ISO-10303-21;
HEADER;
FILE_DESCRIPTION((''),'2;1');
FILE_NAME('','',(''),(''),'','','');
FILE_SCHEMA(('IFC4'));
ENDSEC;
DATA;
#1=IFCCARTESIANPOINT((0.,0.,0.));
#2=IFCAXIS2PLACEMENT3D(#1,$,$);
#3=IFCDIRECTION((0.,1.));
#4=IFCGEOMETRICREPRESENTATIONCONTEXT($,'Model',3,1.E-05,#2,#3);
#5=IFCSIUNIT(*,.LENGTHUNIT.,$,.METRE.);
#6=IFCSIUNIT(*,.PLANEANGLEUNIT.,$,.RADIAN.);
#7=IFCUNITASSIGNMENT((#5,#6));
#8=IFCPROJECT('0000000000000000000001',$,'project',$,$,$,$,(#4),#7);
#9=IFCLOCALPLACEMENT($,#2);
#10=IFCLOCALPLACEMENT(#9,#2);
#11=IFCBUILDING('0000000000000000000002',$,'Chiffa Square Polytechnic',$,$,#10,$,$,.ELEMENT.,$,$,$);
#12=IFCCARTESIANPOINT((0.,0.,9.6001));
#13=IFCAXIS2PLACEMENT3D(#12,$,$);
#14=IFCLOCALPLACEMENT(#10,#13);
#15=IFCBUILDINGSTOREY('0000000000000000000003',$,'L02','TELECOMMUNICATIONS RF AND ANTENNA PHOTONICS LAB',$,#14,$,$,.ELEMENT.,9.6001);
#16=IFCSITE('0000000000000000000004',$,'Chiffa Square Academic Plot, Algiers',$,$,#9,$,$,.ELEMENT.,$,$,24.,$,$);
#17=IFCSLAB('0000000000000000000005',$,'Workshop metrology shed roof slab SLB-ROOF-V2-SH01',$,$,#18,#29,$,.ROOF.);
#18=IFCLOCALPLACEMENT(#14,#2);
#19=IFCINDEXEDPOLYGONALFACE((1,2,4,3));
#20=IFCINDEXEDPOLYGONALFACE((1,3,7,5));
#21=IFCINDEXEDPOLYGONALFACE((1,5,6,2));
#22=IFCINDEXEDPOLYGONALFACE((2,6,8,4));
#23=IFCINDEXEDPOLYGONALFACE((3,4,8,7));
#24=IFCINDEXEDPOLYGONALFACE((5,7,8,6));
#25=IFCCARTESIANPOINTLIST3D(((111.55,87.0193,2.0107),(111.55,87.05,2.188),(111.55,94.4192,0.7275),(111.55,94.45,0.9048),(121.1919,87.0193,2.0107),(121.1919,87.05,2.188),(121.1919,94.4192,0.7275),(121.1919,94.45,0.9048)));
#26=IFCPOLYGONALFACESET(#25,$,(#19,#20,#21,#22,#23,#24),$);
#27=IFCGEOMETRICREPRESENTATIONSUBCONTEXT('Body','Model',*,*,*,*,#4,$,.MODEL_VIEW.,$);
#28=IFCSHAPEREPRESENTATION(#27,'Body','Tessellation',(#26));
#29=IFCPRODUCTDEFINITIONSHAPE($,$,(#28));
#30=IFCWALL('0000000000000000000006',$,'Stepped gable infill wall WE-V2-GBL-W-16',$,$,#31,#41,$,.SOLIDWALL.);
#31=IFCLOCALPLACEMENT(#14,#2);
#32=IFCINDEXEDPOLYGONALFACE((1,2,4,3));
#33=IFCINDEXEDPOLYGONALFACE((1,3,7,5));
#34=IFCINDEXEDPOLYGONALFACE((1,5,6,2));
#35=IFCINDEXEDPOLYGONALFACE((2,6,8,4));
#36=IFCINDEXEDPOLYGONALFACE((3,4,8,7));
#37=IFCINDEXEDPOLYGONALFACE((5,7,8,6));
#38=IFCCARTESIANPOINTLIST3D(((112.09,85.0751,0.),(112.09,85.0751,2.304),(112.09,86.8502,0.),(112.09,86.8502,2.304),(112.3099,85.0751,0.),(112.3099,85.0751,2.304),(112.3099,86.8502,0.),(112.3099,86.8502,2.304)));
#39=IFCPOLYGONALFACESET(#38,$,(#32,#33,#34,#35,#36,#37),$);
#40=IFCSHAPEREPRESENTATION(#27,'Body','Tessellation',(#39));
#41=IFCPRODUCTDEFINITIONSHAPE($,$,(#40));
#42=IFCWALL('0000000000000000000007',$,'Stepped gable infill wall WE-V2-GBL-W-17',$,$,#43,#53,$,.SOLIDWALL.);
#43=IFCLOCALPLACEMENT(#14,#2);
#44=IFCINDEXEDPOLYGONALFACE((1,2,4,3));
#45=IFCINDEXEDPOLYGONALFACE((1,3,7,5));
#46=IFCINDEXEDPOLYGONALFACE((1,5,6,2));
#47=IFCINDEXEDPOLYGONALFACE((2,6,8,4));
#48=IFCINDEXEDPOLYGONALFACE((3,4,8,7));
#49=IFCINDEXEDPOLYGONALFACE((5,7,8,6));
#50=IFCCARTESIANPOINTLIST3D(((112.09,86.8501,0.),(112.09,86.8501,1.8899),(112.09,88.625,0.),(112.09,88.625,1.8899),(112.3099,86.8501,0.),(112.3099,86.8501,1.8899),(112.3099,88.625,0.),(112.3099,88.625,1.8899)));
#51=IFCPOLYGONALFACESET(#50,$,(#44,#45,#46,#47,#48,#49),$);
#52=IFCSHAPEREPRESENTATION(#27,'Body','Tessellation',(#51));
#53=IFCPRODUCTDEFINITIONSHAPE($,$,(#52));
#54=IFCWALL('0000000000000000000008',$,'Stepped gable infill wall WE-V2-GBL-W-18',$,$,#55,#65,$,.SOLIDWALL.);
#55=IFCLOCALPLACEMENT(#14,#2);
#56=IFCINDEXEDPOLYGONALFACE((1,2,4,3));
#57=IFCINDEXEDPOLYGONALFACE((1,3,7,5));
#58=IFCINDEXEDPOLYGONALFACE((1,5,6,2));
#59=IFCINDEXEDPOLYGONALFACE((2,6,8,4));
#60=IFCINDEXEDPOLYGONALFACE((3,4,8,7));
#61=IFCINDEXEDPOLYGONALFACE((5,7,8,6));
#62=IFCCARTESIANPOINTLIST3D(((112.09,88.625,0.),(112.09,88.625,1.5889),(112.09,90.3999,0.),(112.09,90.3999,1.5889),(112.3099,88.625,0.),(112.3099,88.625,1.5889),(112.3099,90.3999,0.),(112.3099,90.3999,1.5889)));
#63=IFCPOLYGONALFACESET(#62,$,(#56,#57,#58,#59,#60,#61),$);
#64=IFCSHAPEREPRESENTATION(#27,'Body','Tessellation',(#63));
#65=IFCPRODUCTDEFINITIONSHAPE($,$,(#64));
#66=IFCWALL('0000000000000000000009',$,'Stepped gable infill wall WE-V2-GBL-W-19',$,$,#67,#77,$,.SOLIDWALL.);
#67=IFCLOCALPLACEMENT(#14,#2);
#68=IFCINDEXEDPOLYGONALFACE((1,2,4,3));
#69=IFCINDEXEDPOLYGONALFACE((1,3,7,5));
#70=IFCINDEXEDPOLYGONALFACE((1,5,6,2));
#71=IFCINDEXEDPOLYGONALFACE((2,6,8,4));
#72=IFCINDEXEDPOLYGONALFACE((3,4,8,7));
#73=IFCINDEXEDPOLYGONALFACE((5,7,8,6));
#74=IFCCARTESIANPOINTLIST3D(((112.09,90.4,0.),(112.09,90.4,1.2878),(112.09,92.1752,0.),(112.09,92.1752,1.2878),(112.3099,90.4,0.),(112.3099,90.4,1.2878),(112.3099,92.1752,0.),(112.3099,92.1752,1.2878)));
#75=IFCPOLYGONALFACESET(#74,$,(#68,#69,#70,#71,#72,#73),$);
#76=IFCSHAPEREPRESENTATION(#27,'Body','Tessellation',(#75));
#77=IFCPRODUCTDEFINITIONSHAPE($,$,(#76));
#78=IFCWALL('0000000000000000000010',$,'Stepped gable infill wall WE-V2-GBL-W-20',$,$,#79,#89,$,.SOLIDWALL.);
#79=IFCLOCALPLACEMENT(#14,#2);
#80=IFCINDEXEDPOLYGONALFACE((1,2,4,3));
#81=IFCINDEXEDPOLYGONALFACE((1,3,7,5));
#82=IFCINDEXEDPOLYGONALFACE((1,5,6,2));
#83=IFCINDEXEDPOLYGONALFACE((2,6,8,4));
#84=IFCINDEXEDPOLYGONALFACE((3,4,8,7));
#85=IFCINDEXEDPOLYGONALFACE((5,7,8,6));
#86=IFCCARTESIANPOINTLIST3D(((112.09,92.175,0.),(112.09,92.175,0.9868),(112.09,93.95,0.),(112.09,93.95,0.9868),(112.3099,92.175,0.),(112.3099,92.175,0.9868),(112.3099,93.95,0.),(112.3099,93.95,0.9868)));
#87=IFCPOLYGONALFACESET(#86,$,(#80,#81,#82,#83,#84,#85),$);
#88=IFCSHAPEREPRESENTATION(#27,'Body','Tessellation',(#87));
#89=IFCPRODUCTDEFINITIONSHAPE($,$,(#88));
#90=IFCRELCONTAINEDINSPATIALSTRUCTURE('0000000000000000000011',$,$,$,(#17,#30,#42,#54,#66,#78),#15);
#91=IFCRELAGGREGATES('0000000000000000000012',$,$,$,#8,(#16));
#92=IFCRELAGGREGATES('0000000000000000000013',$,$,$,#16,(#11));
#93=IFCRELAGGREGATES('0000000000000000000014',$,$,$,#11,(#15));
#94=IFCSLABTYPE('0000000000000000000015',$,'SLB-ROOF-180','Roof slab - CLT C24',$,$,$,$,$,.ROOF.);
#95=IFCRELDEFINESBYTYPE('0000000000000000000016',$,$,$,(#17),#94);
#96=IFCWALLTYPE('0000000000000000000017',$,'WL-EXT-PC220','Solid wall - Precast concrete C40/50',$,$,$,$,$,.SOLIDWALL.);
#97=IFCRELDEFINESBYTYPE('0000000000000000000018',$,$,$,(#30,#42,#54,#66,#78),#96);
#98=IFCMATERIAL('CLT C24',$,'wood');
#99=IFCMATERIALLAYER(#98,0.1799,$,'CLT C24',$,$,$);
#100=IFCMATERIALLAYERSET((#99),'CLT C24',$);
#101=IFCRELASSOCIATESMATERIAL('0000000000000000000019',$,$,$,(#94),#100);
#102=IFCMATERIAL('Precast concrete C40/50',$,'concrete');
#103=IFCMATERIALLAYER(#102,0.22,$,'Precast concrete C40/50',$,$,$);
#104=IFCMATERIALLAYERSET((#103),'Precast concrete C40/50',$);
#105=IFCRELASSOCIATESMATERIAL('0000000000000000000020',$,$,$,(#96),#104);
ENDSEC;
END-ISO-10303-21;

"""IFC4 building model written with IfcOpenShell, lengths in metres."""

from ifc_helpers import new_model, si_unit, direction, frame, frame_2d, origin, place, context, subcontext, project, spatial, polyline, rectangle, outline, extrude, material, layer, layer_set, type_object, element, save


model = new_model("IFC4")

# Units and contexts
model_context = context("Model", 3, precision=1e-05, world=origin(), true_north=direction((0.0, 1.0)))
body_context = subcontext(model_context, "Body", "Model", "MODEL_VIEW")
ifc_project = project(units=[si_unit("LENGTHUNIT", "METRE"), si_unit("PLANEANGLEUNIT", "RADIAN")], contexts=[model_context])

# Site, building, storey
site_placement = place(None, origin())
site = spatial("IfcSite", under=ifc_project, at=site_placement, Name="Chiffa Square Academic Plot, Algiers", CompositionType="ELEMENT", RefElevation=24.0)
building_placement = place(site_placement, origin())
building = spatial("IfcBuilding", under=site, at=building_placement, Name="Chiffa Square Polytechnic", CompositionType="ELEMENT")
storey_placement = place(building_placement, frame((0.0, 0.0, 9.6001)))
storey = spatial("IfcBuildingStorey", under=building, at=storey_placement, Name="L02", Description="TELECOMMUNICATIONS RF AND ANTENNA PHOTONICS LAB", CompositionType="ELEMENT", Elevation=9.6001)

# Slab
ifc_material_1 = material(Name="CLT C24", Category="wood")
ifc_layer_1 = layer(ifc_material_1, 0.1799, Name="CLT C24")
ifc_layer_set_1 = layer_set([ifc_layer_1], Name="CLT C24")
slab_type = type_object("IfcSlabType", Name="SLB-ROOF-180", Description="Roof slab - CLT C24", PredefinedType="ROOF", material=ifc_layer_set_1)
slab_placement = place(storey_placement, frame((111.55, 87.05, 2.188), z_axis=(0.0, 0.170858, 0.985296), x_axis=(1.0, 0.0, 0.0)))
element("IfcSlab", 1, at=slab_placement, inside=storey, type_object=slab_type, Name="Workshop metrology shed roof slab SLB-ROOF-V2-SH01", PredefinedType="ROOF", context=body_context, shape_type="SweptSolid", body=[
    extrude(outline(polyline([(0.0, 0.0), (9.6418, 0.0), (9.6418, 7.5103), (0.0, 7.5103), (0.0, 0.0)])), origin(), (0.0, 0.0, -1.0), 0.1799),
])

# Walls
ifc_material_2 = material(Name="Precast concrete C40/50", Category="concrete")
ifc_layer_2 = layer(ifc_material_2, 0.22, Name="Precast concrete C40/50")
ifc_layer_set_2 = layer_set([ifc_layer_2], Name="Precast concrete C40/50")
wall_type = type_object("IfcWallType", Name="WL-EXT-PC220", Description="Solid wall - Precast concrete C40/50", PredefinedType="SOLIDWALL", material=ifc_layer_set_2)
wall_1_placement = place(storey_placement, frame((112.2, 85.075, 0.0), z_axis=(0.0, 0.0, 1.0), x_axis=(0.0, 1.0, 0.0)))
element("IfcWall", 2, at=wall_1_placement, inside=storey, type_object=wall_type, Name="Stepped gable infill wall WE-V2-GBL-W-16", PredefinedType="SOLIDWALL", context=body_context, shape_type="SweptSolid", body=[
    extrude(rectangle(XDim=1.7751, YDim=0.22, at=frame_2d((0.8877, 0.0))), origin(), (0.0, 0.0, 1.0), 2.304),
])
wall_2_placement = place(storey_placement, frame((112.2, 86.8501, 0.0), z_axis=(0.0, 0.0, 1.0), x_axis=(0.0, 1.0, 0.0)))
element("IfcWall", 3, at=wall_2_placement, inside=storey, type_object=wall_type, Name="Stepped gable infill wall WE-V2-GBL-W-17", PredefinedType="SOLIDWALL", context=body_context, shape_type="SweptSolid", body=[
    extrude(rectangle(XDim=1.7749, YDim=0.22, at=frame_2d((0.8875, 0.0))), origin(), (0.0, 0.0, 1.0), 1.8899),
])
wall_3_placement = place(storey_placement, frame((112.2, 88.625, 0.0), z_axis=(0.0, 0.0, 1.0), x_axis=(0.0, 1.0, 0.0)))
element("IfcWall", 4, at=wall_3_placement, inside=storey, type_object=wall_type, Name="Stepped gable infill wall WE-V2-GBL-W-18", PredefinedType="SOLIDWALL", context=body_context, shape_type="SweptSolid", body=[
    extrude(rectangle(XDim=1.7749, YDim=0.22, at=frame_2d((0.8875, 0.0))), origin(), (0.0, 0.0, 1.0), 1.5889),
])
wall_4_placement = place(storey_placement, frame((112.2, 90.3999, 0.0), z_axis=(0.0, 0.0, 1.0), x_axis=(0.0, 1.0, 0.0)))
element("IfcWall", 5, at=wall_4_placement, inside=storey, type_object=wall_type, Name="Stepped gable infill wall WE-V2-GBL-W-19", PredefinedType="SOLIDWALL", context=body_context, shape_type="SweptSolid", body=[
    extrude(rectangle(XDim=1.7751, YDim=0.22, at=frame_2d((0.8877, 0.0))), origin(), (0.0, 0.0, 1.0), 1.2878),
])
wall_5_placement = place(storey_placement, frame((112.2, 92.175, 0.0), z_axis=(0.0, 0.0, 1.0), x_axis=(0.0, 1.0, 0.0)))
element("IfcWall", 6, at=wall_5_placement, inside=storey, type_object=wall_type, Name="Stepped gable infill wall WE-V2-GBL-W-20", PredefinedType="SOLIDWALL", context=body_context, shape_type="SweptSolid", body=[
    extrude(rectangle(XDim=1.7749, YDim=0.22, at=frame_2d((0.8875, 0.0))), origin(), (0.0, 0.0, 1.0), 0.9868),
])

save(model, "model.ifc")
